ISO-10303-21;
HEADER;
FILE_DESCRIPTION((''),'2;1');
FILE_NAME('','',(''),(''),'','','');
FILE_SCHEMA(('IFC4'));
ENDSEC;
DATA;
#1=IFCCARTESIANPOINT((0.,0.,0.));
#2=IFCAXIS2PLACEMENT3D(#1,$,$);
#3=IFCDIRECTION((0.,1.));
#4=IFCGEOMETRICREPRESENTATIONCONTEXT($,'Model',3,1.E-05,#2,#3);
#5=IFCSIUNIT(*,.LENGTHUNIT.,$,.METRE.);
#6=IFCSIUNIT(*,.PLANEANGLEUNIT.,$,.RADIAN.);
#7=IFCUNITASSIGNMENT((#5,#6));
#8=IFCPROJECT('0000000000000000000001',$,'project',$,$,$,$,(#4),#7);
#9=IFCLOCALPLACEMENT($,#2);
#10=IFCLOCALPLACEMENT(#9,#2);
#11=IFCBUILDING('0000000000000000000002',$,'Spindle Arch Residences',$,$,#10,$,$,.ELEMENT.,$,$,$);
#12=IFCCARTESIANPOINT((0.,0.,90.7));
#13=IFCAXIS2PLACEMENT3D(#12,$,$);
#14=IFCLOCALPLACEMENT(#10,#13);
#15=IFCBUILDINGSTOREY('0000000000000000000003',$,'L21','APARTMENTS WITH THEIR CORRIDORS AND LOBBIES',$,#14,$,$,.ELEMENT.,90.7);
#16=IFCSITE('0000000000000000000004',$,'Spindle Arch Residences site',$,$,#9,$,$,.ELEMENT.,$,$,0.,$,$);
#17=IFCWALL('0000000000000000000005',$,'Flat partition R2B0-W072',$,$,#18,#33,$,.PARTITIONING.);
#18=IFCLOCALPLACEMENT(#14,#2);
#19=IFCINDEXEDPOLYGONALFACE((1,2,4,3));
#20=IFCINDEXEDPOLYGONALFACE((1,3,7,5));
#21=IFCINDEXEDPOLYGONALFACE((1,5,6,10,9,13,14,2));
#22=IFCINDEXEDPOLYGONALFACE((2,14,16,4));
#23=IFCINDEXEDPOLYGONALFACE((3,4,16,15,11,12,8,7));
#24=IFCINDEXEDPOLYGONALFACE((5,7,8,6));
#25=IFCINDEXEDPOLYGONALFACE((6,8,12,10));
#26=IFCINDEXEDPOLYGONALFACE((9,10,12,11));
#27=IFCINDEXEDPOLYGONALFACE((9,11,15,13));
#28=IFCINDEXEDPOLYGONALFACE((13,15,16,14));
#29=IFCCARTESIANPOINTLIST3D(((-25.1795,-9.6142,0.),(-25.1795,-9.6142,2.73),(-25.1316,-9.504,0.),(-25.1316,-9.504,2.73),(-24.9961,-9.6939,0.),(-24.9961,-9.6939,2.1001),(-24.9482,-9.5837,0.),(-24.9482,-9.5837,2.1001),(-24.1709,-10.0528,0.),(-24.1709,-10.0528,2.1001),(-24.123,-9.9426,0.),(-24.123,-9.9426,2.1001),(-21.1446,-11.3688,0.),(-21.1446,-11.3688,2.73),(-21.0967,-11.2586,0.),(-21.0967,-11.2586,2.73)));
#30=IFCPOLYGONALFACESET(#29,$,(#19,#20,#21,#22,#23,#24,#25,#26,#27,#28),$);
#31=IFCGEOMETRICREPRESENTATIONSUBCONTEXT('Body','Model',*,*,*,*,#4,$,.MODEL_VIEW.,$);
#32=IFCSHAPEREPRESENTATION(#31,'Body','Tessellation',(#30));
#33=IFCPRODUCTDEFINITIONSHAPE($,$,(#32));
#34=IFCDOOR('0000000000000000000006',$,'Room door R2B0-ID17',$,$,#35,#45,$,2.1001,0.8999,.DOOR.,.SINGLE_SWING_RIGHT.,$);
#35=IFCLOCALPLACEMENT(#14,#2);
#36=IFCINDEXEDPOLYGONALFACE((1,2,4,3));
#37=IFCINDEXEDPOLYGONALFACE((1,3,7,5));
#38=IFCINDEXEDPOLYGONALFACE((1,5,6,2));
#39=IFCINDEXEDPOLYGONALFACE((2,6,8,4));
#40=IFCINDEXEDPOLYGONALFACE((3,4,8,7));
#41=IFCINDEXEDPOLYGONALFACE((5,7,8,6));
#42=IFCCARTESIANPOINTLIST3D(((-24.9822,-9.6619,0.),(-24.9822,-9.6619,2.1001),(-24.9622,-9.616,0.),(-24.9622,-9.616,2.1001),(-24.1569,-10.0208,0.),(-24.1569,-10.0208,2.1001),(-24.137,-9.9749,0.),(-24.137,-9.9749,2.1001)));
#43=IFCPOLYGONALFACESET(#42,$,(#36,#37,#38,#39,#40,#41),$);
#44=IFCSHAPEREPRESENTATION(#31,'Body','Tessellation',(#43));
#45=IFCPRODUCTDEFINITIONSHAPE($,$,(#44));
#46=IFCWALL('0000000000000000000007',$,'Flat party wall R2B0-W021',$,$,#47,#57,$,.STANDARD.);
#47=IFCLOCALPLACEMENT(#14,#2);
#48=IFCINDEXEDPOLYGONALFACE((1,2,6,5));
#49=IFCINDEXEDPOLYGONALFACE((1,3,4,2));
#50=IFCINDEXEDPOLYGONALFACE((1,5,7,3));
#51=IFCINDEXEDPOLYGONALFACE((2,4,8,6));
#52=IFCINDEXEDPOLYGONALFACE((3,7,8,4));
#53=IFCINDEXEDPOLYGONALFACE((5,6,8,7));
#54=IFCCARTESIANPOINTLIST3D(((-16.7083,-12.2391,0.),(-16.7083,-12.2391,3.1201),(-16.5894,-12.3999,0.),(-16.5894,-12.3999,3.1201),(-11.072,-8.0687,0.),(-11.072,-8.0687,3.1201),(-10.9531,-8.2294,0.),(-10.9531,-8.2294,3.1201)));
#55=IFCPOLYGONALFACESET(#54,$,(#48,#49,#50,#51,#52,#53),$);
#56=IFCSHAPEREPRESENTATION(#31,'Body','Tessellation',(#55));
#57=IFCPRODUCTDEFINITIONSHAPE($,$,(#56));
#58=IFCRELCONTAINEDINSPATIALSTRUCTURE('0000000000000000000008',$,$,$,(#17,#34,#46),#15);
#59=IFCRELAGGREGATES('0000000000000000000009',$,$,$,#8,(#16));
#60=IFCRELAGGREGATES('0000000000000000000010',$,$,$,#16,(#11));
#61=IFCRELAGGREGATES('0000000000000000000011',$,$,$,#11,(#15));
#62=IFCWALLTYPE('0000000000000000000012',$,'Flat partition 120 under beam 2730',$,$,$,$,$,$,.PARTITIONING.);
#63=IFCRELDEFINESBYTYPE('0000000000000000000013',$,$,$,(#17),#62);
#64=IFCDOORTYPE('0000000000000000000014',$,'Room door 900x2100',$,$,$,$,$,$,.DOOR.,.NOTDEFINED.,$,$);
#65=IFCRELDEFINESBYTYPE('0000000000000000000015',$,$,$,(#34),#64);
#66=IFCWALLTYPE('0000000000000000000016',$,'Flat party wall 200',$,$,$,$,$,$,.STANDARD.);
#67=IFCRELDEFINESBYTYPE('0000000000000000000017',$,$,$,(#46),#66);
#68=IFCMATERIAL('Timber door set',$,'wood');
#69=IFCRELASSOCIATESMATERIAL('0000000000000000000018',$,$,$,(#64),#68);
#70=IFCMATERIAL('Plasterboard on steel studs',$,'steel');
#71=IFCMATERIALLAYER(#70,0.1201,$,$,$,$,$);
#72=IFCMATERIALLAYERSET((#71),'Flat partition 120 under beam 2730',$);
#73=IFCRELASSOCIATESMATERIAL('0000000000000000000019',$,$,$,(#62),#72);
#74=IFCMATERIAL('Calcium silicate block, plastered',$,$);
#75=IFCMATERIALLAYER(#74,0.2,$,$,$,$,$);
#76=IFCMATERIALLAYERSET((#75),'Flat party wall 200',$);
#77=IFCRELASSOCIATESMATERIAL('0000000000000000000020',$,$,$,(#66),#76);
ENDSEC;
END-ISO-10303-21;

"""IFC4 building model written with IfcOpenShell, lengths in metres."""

from ifc_helpers import new_model, si_unit, direction, frame, frame_2d, origin, place, context, subcontext, project, spatial, rectangle, extrude, material, layer, layer_set, type_object, element, fill, save


model = new_model("IFC4")

# Units and contexts
model_context = context("Model", 3, precision=1e-05, world=origin(), true_north=direction((0.0, 1.0)))
body_context = subcontext(model_context, "Body", "Model", "MODEL_VIEW")
ifc_project = project(units=[si_unit("LENGTHUNIT", "METRE"), si_unit("PLANEANGLEUNIT", "RADIAN")], contexts=[model_context])

# Site, building, storey
site_placement = place(None, origin())
site = spatial("IfcSite", under=ifc_project, at=site_placement, Name="Spindle Arch Residences site", CompositionType="ELEMENT", RefElevation=0.0)
building_placement = place(site_placement, origin())
building = spatial("IfcBuilding", under=site, at=building_placement, Name="Spindle Arch Residences", CompositionType="ELEMENT")
storey_placement = place(building_placement, frame((0.0, 0.0, 90.7)))
storey = spatial("IfcBuildingStorey", under=building, at=storey_placement, Name="L21", Description="APARTMENTS WITH THEIR CORRIDORS AND LOBBIES", CompositionType="ELEMENT", Elevation=90.7)

# Shared definitions
ifc_material_1 = material(Name="Timber door set", Category="wood")
door_type = type_object("IfcDoorType", Name="Room door 900x2100", OperationType="NOTDEFINED", PredefinedType="DOOR", material=ifc_material_1)

# Wall, opening, door
ifc_material_2 = material(Name="Plasterboard on steel studs", Category="steel")
ifc_layer_1 = layer(ifc_material_2, 0.1201)
ifc_layer_set_1 = layer_set([ifc_layer_1], Name="Flat partition 120 under beam 2730")
wall_type_1 = type_object("IfcWallType", Name="Flat partition 120 under beam 2730", PredefinedType="PARTITIONING", material=ifc_layer_set_1)
wall_1_placement = place(storey_placement, frame((-25.1555, -9.5591, 0.0), z_axis=(0.0, 0.0, 1.0), x_axis=(0.917043, -0.398789, 0.0)))
wall_1 = element("IfcWall", 1, at=wall_1_placement, inside=storey, type_object=wall_type_1, Name="Flat partition R2B0-W072", PredefinedType="PARTITIONING", context=body_context, shape_type="SweptSolid", body=[
    extrude(rectangle(XDim=4.3999, YDim=0.1201, at=frame_2d((2.2, 0.0))), origin(), (0.0, 0.0, 1.0), 2.73),
])
opening_1_placement = place(wall_1_placement, frame((0.2, 0.0, 0.0)))
opening_1 = element("IfcOpeningElement", 2, at=opening_1_placement, cuts=wall_1, PredefinedType="OPENING", context=body_context, shape_type="SweptSolid", body=[
    extrude(rectangle(XDim=0.8999, YDim=2.1001, at=frame_2d((0.45, 1.05))), frame((0.0, 0.0701, 0.0), z_axis=(0.0, -1.0, 0.0), x_axis=(1.0, 0.0, 0.0)), (0.0, 0.0, 1.0), 0.1401),
])
door_1_placement = place(opening_1_placement, origin())
door_1 = element("IfcDoor", 3, at=door_1_placement, inside=storey, type_object=door_type, Name="Room door R2B0-ID17", OperationType="SINGLE_SWING_RIGHT", OverallHeight=2.1001, OverallWidth=0.8999, PredefinedType="DOOR", context=body_context, shape_type="SweptSolid", body=[
    extrude(rectangle(XDim=0.8999, YDim=2.1001, at=frame_2d((0.45, 1.05))), frame((0.0, 0.0249, 0.0), z_axis=(0.0, -1.0, 0.0), x_axis=(1.0, 0.0, 0.0)), (0.0, 0.0, 1.0), 0.05),
])
fill(opening_1, door_1)

# Wall
ifc_material_3 = material(Name="Calcium silicate block, plastered")
ifc_layer_2 = layer(ifc_material_3, 0.2)
ifc_layer_set_2 = layer_set([ifc_layer_2], Name="Flat party wall 200")
wall_type_2 = type_object("IfcWallType", Name="Flat party wall 200", PredefinedType="STANDARD", material=ifc_layer_set_2)
wall_2_placement = place(storey_placement, frame((-16.6489, -12.3196, 0.0), z_axis=(0.0, 0.0, 1.0), x_axis=(0.803869, 0.594806, 0.0)))
element("IfcWall", 4, at=wall_2_placement, inside=storey, type_object=wall_type_2, Name="Flat party wall R2B0-W021", PredefinedType="STANDARD", context=body_context, shape_type="SweptSolid", body=[
    extrude(rectangle(XDim=7.0115, YDim=0.2, at=frame_2d((3.5059, 0.0))), origin(), (0.0, 0.0, 1.0), 3.1201),
])

save(model, "model.ifc")
